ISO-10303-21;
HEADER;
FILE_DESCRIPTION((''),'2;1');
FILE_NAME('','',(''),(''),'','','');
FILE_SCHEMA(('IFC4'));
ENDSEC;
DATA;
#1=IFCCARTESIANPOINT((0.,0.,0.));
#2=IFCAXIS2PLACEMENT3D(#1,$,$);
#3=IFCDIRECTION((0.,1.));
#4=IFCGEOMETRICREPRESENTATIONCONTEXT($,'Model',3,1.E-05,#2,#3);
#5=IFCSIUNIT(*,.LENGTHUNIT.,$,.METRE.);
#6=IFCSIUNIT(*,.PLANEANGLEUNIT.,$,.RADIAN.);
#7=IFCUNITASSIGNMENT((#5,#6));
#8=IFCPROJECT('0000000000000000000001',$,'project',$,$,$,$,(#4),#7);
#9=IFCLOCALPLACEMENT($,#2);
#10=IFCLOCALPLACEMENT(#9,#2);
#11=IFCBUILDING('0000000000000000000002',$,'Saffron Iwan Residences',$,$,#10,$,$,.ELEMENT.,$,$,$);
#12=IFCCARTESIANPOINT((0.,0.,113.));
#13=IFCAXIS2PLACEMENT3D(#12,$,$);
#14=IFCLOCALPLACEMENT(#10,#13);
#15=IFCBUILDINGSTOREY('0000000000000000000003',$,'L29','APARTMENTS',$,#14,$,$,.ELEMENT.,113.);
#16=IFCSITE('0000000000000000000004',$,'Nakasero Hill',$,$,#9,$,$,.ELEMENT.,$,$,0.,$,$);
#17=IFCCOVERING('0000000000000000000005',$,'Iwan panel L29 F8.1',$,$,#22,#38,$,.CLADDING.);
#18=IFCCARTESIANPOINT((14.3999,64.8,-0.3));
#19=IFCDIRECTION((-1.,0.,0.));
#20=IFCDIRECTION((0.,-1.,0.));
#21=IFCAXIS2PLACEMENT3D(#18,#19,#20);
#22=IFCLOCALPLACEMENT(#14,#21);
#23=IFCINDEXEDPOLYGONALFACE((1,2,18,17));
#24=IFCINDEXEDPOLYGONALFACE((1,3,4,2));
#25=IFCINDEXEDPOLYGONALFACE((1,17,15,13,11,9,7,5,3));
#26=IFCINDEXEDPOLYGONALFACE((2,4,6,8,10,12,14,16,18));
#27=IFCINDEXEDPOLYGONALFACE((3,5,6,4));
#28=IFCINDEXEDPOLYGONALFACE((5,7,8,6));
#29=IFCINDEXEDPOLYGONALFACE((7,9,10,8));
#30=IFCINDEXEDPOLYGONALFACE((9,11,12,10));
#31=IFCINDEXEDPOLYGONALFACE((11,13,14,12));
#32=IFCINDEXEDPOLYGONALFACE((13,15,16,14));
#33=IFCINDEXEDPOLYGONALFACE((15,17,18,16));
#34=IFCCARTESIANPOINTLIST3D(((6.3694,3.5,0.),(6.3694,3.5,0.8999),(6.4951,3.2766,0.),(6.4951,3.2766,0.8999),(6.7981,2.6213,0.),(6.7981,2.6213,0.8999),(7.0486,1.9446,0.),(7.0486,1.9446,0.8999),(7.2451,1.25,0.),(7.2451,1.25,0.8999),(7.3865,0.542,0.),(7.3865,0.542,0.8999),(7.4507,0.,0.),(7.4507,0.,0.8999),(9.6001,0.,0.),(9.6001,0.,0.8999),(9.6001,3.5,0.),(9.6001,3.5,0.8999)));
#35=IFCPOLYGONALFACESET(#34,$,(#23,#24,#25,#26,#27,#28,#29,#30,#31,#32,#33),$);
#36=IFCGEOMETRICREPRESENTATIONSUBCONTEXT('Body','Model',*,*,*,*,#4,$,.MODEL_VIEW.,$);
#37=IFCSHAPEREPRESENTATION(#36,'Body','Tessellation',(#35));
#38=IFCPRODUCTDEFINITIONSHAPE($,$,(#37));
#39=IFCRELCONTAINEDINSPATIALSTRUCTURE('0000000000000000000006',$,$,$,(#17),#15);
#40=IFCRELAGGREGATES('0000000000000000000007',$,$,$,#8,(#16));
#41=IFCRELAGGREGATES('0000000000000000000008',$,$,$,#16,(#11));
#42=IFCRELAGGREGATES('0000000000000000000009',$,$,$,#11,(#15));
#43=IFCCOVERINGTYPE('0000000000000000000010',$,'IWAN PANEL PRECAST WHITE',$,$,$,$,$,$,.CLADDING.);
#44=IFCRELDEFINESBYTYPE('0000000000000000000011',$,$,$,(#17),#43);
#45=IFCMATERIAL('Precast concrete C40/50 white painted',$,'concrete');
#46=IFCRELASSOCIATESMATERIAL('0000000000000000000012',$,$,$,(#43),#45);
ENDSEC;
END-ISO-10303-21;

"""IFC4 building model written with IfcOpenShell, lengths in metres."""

from ifc_helpers import new_model, si_unit, direction, frame, origin, place, context, subcontext, project, spatial, polyline, outline, extrude, material, type_object, element, save


model = new_model("IFC4")

# Units and contexts
model_context = context("Model", 3, precision=1e-05, world=origin(), true_north=direction((0.0, 1.0)))
body_context = subcontext(model_context, "Body", "Model", "MODEL_VIEW")
ifc_project = project(units=[si_unit("LENGTHUNIT", "METRE"), si_unit("PLANEANGLEUNIT", "RADIAN")], contexts=[model_context])

# Site, building, storey
site_placement = place(None, origin())
site = spatial("IfcSite", under=ifc_project, at=site_placement, Name="Nakasero Hill", CompositionType="ELEMENT", RefElevation=0.0)
building_placement = place(site_placement, origin())
building = spatial("IfcBuilding", under=site, at=building_placement, Name="Saffron Iwan Residences", CompositionType="ELEMENT")
storey_placement = place(building_placement, frame((0.0, 0.0, 113.0)))
storey = spatial("IfcBuildingStorey", under=building, at=storey_placement, Name="L29", Description="APARTMENTS", CompositionType="ELEMENT", Elevation=113.0)

# Covering
ifc_material_1 = material(Name="Precast concrete C40/50 white painted", Category="concrete")
covering_type = type_object("IfcCoveringType", Name="IWAN PANEL PRECAST WHITE", PredefinedType="CLADDING", material=ifc_material_1)
covering_1_placement = place(storey_placement, frame((14.3999, 64.8, -0.3), z_axis=(-1.0, 0.0, 0.0), x_axis=(0.0, -1.0, 0.0)))
element("IfcCovering", 1, at=covering_1_placement, inside=storey, type_object=covering_type, Name="Iwan panel L29 F8.1", PredefinedType="CLADDING", context=body_context, shape_type="SweptSolid", body=[
    extrude(outline(polyline([(9.6001, 3.5), (9.6001, 0.0), (7.4507, 0.0), (7.3865, 0.542), (7.2451, 1.25), (7.0486, 1.9446), (6.7981, 2.6213), (6.4951, 3.2766), (6.3694, 3.5), (9.6001, 3.5)])), origin(), (0.0, 0.0, 1.0), 0.8999),
])

save(model, "model.ifc")
